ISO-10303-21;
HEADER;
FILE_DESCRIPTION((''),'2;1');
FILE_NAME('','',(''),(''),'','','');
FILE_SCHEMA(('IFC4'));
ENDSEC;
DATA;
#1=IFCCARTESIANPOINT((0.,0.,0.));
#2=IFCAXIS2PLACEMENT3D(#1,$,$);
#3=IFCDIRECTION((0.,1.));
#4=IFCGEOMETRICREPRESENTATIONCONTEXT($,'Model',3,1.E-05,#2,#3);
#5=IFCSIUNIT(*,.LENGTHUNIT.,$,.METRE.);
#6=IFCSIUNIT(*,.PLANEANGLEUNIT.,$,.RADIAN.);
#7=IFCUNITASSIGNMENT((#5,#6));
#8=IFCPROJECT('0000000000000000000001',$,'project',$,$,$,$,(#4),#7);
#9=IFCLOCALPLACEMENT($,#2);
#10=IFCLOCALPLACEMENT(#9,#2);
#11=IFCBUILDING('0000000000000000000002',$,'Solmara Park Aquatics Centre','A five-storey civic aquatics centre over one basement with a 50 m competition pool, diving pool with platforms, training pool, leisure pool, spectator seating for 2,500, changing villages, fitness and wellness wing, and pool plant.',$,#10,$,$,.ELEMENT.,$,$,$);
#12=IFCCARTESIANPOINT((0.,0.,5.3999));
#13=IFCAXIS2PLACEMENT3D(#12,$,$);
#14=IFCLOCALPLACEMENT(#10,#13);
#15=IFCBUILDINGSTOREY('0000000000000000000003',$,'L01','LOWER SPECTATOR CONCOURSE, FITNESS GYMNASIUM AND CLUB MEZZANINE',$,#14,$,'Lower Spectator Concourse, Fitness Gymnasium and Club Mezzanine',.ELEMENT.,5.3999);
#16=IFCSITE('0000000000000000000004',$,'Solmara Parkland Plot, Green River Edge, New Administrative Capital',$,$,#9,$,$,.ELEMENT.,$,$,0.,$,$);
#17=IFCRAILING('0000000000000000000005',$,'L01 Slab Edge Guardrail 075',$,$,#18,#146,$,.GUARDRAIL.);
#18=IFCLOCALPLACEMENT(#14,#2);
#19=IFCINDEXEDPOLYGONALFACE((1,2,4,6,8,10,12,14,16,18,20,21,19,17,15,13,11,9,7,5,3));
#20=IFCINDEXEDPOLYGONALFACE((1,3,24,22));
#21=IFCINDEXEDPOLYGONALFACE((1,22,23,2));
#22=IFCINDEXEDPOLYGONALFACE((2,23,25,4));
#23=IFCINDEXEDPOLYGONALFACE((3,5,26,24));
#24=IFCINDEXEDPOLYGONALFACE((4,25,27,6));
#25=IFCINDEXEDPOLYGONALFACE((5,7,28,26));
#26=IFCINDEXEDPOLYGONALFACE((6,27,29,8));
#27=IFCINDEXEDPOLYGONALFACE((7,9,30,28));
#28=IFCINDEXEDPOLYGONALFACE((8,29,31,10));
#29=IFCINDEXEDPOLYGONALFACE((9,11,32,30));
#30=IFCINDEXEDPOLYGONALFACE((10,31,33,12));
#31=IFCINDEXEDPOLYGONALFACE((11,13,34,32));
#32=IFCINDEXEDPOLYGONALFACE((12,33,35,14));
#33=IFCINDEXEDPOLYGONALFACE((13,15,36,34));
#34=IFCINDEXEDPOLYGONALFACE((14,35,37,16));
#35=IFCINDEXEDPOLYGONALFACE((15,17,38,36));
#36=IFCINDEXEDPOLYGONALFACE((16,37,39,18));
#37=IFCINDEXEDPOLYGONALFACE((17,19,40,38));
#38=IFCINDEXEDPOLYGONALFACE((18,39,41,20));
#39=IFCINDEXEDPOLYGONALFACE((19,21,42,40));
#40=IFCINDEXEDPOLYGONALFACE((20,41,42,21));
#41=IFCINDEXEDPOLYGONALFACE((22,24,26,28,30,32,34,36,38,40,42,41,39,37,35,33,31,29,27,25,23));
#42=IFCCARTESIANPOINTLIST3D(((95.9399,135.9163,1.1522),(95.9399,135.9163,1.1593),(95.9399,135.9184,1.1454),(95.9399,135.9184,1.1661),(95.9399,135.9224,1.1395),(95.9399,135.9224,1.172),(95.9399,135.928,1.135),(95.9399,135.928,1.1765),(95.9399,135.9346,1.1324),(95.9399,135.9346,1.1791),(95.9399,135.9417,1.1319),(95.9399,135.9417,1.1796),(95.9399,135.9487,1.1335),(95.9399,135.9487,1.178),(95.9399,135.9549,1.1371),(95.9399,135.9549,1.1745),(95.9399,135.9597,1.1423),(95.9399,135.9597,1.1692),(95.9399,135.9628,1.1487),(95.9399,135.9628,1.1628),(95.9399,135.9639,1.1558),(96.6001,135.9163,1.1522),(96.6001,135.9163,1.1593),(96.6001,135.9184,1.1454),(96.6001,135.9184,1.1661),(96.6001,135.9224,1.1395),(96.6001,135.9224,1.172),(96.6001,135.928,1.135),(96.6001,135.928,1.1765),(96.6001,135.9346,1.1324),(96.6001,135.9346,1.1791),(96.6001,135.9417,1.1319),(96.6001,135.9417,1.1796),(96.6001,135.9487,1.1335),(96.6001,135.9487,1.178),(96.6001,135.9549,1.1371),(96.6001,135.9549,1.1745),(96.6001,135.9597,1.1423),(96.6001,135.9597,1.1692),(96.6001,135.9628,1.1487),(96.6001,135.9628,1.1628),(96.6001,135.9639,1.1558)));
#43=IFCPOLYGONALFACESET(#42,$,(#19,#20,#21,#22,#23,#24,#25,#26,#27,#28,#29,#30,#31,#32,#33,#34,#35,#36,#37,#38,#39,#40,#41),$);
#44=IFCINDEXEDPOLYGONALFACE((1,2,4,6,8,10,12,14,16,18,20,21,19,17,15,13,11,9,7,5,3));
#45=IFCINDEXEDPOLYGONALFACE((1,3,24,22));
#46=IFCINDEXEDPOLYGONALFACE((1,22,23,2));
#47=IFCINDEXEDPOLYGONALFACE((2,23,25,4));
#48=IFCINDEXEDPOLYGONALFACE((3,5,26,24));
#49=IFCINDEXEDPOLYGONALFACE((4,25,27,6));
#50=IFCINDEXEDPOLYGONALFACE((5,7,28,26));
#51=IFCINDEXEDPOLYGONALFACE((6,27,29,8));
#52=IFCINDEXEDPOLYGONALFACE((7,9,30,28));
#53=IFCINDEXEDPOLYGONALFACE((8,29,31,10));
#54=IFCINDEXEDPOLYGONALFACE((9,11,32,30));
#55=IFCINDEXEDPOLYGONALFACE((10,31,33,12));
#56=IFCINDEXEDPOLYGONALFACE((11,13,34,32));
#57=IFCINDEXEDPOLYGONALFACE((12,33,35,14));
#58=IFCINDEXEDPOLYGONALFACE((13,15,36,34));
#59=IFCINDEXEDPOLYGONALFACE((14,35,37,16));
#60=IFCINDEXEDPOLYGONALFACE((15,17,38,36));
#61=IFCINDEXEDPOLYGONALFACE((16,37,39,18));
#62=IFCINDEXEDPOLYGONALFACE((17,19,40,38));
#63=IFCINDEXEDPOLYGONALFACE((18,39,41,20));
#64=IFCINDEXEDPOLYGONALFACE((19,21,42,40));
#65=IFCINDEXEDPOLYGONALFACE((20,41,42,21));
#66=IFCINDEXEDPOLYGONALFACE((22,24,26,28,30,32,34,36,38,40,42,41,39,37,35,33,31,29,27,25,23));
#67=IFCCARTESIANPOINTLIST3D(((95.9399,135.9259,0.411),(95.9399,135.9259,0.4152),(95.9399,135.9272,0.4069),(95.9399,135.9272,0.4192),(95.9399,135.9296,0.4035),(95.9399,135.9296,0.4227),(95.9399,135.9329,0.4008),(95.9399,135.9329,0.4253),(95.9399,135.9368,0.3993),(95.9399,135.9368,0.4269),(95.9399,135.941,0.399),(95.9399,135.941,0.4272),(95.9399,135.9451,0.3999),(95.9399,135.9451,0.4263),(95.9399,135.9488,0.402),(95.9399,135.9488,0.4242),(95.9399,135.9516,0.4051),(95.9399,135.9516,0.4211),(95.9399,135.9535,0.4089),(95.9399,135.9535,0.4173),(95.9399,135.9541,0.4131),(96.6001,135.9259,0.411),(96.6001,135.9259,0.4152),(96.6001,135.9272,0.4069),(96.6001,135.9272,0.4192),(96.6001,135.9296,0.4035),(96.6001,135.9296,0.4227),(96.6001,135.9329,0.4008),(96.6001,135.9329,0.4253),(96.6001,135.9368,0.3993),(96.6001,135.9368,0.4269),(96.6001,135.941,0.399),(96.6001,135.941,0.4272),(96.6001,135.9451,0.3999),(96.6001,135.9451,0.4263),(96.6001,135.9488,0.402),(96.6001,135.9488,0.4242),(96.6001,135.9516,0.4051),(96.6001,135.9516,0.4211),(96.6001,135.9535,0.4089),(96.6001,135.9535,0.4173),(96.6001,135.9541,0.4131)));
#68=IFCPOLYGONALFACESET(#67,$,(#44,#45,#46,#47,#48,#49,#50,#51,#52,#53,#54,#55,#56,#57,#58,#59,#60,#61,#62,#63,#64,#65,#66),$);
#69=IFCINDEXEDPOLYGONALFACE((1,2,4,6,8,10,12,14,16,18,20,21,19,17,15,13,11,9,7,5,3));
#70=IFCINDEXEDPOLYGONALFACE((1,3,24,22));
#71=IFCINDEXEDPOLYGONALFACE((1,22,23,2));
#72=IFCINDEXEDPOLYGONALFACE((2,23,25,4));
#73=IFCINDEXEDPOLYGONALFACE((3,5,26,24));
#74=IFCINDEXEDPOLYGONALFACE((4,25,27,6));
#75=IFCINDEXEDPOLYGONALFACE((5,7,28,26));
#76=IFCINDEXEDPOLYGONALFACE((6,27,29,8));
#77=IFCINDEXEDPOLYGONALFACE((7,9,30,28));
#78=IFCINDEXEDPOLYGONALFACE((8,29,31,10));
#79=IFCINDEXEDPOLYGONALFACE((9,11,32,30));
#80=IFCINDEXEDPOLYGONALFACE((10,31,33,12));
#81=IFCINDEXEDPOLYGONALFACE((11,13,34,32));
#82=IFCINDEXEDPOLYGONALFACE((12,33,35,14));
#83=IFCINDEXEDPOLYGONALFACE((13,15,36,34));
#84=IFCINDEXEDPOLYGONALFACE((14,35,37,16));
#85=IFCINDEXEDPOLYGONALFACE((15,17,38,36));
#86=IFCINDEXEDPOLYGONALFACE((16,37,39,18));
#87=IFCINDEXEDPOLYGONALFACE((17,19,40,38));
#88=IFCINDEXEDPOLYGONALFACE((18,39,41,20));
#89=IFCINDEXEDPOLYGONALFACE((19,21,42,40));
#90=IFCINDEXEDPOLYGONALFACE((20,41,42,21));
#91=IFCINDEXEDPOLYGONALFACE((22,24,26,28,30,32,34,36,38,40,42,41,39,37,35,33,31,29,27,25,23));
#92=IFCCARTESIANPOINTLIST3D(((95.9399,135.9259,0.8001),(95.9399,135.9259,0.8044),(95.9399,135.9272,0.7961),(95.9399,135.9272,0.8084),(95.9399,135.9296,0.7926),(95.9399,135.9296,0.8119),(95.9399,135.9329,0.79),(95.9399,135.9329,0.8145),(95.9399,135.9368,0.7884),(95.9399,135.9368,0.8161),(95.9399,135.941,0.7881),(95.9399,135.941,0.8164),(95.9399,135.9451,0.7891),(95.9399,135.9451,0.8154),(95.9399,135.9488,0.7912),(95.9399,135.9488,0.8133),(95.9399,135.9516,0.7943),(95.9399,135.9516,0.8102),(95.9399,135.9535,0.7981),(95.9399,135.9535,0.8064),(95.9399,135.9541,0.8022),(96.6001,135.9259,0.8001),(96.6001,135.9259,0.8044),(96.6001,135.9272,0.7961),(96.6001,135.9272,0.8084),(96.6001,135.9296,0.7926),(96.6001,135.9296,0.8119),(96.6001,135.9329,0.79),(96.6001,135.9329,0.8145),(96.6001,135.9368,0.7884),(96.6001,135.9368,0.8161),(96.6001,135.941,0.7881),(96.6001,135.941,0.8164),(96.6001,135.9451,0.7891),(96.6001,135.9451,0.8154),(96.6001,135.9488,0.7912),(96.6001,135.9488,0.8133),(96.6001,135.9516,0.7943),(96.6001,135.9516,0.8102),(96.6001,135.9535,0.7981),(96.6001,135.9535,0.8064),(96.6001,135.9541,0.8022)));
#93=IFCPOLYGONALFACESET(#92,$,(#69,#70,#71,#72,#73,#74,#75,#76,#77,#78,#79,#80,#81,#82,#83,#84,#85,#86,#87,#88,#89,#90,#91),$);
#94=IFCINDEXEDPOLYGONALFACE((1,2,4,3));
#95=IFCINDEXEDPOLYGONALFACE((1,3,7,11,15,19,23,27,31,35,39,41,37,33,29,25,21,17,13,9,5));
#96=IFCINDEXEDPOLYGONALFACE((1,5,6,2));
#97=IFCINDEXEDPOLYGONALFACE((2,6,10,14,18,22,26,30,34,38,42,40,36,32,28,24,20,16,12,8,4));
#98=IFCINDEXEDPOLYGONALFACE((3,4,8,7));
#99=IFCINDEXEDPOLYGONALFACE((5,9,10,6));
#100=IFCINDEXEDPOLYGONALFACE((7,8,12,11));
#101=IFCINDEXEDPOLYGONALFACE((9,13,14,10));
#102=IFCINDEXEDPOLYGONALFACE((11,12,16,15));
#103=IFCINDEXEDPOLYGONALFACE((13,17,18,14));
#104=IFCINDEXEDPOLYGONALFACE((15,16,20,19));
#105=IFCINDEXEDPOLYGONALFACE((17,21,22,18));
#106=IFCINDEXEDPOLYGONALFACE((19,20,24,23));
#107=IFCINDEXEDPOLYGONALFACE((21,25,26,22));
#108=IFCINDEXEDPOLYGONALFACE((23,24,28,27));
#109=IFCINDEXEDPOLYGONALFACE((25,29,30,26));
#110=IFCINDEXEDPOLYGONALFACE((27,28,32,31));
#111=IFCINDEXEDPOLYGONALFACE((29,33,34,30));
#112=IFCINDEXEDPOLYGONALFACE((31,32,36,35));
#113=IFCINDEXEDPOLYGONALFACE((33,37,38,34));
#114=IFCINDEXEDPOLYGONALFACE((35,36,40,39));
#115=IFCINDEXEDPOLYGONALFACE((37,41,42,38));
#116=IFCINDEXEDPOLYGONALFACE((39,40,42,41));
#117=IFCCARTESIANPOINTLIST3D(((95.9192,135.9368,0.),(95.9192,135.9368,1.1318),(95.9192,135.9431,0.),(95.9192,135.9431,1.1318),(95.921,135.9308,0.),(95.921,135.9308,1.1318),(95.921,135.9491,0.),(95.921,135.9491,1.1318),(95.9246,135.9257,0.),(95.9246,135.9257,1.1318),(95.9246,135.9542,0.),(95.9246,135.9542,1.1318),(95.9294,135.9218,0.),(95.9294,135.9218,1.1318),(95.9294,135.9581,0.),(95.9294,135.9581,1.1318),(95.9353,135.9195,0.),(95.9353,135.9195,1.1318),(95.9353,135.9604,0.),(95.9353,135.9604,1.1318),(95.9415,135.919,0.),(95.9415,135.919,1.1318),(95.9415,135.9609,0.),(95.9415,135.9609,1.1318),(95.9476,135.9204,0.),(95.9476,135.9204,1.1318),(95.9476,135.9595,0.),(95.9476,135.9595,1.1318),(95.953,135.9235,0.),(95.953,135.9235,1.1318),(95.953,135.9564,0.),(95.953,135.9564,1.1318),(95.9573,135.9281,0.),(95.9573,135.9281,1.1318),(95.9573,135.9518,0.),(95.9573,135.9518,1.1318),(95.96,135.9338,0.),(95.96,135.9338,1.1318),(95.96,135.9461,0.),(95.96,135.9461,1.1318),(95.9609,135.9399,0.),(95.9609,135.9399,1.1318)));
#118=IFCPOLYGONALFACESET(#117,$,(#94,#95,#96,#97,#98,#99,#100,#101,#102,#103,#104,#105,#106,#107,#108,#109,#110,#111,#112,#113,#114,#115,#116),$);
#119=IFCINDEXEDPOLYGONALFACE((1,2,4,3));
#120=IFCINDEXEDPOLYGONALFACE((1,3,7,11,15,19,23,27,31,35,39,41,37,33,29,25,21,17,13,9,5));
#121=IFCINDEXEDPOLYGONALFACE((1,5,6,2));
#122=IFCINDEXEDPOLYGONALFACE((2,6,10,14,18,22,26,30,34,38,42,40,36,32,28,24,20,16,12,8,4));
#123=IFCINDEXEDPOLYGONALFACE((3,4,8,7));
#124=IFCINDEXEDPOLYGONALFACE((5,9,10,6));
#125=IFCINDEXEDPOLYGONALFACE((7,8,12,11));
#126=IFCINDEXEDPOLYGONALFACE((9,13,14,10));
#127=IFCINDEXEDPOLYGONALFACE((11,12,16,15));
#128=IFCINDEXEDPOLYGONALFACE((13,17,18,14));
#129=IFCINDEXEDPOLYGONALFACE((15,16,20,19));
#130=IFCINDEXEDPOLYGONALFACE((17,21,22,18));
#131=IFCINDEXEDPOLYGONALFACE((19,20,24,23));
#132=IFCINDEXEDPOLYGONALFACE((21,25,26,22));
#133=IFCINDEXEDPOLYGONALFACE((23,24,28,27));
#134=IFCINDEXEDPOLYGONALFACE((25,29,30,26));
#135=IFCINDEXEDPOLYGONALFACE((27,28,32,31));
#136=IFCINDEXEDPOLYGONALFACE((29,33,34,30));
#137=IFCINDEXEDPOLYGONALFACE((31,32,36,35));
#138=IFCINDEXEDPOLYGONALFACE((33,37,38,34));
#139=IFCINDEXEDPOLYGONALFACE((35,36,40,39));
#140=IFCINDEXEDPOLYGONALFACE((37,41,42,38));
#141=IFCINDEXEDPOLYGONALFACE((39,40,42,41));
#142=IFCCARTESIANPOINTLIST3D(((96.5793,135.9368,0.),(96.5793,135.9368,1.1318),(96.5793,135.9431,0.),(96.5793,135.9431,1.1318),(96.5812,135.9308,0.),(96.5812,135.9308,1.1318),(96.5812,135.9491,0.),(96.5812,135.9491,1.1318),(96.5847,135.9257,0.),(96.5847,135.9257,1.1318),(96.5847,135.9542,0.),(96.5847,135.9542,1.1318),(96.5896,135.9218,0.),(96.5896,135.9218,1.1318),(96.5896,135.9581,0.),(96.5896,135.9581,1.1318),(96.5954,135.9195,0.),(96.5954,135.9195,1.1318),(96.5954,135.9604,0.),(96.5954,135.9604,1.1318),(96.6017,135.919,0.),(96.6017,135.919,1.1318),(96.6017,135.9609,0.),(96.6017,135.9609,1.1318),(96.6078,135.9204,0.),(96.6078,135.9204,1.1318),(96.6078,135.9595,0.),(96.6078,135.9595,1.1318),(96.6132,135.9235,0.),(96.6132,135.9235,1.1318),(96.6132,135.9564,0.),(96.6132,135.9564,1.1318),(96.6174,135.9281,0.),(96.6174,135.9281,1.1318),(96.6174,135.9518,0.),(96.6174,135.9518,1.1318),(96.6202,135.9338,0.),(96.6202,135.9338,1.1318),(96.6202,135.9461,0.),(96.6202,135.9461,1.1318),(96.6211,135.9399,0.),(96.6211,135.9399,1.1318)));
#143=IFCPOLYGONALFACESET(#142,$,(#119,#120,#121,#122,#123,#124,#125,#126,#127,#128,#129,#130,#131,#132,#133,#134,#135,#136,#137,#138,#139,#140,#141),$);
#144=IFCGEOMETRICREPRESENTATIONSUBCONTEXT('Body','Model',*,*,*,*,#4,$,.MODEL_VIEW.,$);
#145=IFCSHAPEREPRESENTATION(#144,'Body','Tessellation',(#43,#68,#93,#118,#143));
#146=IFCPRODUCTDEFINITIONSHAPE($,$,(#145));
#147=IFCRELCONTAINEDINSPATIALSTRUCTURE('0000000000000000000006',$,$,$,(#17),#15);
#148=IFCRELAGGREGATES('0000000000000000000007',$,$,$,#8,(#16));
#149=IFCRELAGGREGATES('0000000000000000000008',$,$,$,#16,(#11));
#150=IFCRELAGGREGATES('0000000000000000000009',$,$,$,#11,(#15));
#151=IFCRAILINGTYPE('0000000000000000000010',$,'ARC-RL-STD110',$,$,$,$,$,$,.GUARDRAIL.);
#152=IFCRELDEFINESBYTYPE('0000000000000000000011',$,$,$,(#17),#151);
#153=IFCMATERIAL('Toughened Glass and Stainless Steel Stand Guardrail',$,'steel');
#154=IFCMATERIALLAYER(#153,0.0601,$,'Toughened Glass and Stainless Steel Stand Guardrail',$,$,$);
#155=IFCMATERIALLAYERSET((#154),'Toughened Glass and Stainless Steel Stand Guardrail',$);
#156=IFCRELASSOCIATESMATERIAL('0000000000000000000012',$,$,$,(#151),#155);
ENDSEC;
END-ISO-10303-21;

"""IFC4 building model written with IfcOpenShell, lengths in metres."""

from ifc_helpers import new_model, si_unit, direction, frame, origin, origin_2d, place, context, subcontext, project, spatial, circle, extrude, material, layer, layer_set, type_object, element, save


model = new_model("IFC4")

# Units and contexts
model_context = context("Model", 3, precision=1e-05, world=origin(), true_north=direction((0.0, 1.0)))
body_context = subcontext(model_context, "Body", "Model", "MODEL_VIEW")
ifc_project = project(units=[si_unit("LENGTHUNIT", "METRE"), si_unit("PLANEANGLEUNIT", "RADIAN")], contexts=[model_context])

# Site, building, storey
site_placement = place(None, origin())
site = spatial("IfcSite", under=ifc_project, at=site_placement, Name="Solmara Parkland Plot, Green River Edge, New Administrative Capital", CompositionType="ELEMENT", RefElevation=0.0)
building_placement = place(site_placement, origin())
building = spatial("IfcBuilding", under=site, at=building_placement, Name="Solmara Park Aquatics Centre", Description="A five-storey civic aquatics centre over one basement with a 50 m competition pool, diving pool with platforms, training pool, leisure pool, spectator seating for 2,500, changing villages, fitness and wellness wing, and pool plant.", CompositionType="ELEMENT")
storey_placement = place(building_placement, frame((0.0, 0.0, 5.3999)))
storey = spatial("IfcBuildingStorey", under=building, at=storey_placement, Name="L01", Description="LOWER SPECTATOR CONCOURSE, FITNESS GYMNASIUM AND CLUB MEZZANINE", LongName="Lower Spectator Concourse, Fitness Gymnasium and Club Mezzanine", CompositionType="ELEMENT", Elevation=5.3999)

# Railing
ifc_material_1 = material(Name="Toughened Glass and Stainless Steel Stand Guardrail", Category="steel")
ifc_layer_1 = layer(ifc_material_1, 0.0601, Name="Toughened Glass and Stainless Steel Stand Guardrail")
ifc_layer_set_1 = layer_set([ifc_layer_1], Name="Toughened Glass and Stainless Steel Stand Guardrail")
railing_type = type_object("IfcRailingType", Name="ARC-RL-STD110", PredefinedType="GUARDRAIL", material=ifc_layer_set_1)
railing_1_placement = place(storey_placement, frame((95.9399, 135.9399, 0.0)))
element("IfcRailing", 1, at=railing_1_placement, inside=storey, type_object=railing_type, Name="L01 Slab Edge Guardrail 075", PredefinedType="GUARDRAIL", context=body_context, shape_type="SweptSolid", body=[
    extrude(circle(Radius=0.0239, at=origin_2d()), frame((0.0, 0.0, 1.1558), z_axis=(1.0, 0.0, 0.0), x_axis=(0.0, 1.0, 0.0)), (0.0, 0.0, 1.0), 0.6602),
    extrude(circle(Radius=0.0142, at=origin_2d()), frame((0.0, 0.0, 0.4131), z_axis=(1.0, 0.0, 0.0), x_axis=(0.0, 1.0, 0.0)), (0.0, 0.0, 1.0), 0.6602),
    extrude(circle(Radius=0.0142, at=origin_2d()), frame((0.0, 0.0, 0.8022), z_axis=(1.0, 0.0, 0.0), x_axis=(0.0, 1.0, 0.0)), (0.0, 0.0, 1.0), 0.6602),
    extrude(circle(Radius=0.021, at=origin_2d()), origin(), (0.0, 0.0, 1.0), 1.1318),
    extrude(circle(Radius=0.021, at=origin_2d()), frame((0.6602, 0.0, 0.0)), (0.0, 0.0, 1.0), 1.1318),
])

save(model, "model.ifc")
